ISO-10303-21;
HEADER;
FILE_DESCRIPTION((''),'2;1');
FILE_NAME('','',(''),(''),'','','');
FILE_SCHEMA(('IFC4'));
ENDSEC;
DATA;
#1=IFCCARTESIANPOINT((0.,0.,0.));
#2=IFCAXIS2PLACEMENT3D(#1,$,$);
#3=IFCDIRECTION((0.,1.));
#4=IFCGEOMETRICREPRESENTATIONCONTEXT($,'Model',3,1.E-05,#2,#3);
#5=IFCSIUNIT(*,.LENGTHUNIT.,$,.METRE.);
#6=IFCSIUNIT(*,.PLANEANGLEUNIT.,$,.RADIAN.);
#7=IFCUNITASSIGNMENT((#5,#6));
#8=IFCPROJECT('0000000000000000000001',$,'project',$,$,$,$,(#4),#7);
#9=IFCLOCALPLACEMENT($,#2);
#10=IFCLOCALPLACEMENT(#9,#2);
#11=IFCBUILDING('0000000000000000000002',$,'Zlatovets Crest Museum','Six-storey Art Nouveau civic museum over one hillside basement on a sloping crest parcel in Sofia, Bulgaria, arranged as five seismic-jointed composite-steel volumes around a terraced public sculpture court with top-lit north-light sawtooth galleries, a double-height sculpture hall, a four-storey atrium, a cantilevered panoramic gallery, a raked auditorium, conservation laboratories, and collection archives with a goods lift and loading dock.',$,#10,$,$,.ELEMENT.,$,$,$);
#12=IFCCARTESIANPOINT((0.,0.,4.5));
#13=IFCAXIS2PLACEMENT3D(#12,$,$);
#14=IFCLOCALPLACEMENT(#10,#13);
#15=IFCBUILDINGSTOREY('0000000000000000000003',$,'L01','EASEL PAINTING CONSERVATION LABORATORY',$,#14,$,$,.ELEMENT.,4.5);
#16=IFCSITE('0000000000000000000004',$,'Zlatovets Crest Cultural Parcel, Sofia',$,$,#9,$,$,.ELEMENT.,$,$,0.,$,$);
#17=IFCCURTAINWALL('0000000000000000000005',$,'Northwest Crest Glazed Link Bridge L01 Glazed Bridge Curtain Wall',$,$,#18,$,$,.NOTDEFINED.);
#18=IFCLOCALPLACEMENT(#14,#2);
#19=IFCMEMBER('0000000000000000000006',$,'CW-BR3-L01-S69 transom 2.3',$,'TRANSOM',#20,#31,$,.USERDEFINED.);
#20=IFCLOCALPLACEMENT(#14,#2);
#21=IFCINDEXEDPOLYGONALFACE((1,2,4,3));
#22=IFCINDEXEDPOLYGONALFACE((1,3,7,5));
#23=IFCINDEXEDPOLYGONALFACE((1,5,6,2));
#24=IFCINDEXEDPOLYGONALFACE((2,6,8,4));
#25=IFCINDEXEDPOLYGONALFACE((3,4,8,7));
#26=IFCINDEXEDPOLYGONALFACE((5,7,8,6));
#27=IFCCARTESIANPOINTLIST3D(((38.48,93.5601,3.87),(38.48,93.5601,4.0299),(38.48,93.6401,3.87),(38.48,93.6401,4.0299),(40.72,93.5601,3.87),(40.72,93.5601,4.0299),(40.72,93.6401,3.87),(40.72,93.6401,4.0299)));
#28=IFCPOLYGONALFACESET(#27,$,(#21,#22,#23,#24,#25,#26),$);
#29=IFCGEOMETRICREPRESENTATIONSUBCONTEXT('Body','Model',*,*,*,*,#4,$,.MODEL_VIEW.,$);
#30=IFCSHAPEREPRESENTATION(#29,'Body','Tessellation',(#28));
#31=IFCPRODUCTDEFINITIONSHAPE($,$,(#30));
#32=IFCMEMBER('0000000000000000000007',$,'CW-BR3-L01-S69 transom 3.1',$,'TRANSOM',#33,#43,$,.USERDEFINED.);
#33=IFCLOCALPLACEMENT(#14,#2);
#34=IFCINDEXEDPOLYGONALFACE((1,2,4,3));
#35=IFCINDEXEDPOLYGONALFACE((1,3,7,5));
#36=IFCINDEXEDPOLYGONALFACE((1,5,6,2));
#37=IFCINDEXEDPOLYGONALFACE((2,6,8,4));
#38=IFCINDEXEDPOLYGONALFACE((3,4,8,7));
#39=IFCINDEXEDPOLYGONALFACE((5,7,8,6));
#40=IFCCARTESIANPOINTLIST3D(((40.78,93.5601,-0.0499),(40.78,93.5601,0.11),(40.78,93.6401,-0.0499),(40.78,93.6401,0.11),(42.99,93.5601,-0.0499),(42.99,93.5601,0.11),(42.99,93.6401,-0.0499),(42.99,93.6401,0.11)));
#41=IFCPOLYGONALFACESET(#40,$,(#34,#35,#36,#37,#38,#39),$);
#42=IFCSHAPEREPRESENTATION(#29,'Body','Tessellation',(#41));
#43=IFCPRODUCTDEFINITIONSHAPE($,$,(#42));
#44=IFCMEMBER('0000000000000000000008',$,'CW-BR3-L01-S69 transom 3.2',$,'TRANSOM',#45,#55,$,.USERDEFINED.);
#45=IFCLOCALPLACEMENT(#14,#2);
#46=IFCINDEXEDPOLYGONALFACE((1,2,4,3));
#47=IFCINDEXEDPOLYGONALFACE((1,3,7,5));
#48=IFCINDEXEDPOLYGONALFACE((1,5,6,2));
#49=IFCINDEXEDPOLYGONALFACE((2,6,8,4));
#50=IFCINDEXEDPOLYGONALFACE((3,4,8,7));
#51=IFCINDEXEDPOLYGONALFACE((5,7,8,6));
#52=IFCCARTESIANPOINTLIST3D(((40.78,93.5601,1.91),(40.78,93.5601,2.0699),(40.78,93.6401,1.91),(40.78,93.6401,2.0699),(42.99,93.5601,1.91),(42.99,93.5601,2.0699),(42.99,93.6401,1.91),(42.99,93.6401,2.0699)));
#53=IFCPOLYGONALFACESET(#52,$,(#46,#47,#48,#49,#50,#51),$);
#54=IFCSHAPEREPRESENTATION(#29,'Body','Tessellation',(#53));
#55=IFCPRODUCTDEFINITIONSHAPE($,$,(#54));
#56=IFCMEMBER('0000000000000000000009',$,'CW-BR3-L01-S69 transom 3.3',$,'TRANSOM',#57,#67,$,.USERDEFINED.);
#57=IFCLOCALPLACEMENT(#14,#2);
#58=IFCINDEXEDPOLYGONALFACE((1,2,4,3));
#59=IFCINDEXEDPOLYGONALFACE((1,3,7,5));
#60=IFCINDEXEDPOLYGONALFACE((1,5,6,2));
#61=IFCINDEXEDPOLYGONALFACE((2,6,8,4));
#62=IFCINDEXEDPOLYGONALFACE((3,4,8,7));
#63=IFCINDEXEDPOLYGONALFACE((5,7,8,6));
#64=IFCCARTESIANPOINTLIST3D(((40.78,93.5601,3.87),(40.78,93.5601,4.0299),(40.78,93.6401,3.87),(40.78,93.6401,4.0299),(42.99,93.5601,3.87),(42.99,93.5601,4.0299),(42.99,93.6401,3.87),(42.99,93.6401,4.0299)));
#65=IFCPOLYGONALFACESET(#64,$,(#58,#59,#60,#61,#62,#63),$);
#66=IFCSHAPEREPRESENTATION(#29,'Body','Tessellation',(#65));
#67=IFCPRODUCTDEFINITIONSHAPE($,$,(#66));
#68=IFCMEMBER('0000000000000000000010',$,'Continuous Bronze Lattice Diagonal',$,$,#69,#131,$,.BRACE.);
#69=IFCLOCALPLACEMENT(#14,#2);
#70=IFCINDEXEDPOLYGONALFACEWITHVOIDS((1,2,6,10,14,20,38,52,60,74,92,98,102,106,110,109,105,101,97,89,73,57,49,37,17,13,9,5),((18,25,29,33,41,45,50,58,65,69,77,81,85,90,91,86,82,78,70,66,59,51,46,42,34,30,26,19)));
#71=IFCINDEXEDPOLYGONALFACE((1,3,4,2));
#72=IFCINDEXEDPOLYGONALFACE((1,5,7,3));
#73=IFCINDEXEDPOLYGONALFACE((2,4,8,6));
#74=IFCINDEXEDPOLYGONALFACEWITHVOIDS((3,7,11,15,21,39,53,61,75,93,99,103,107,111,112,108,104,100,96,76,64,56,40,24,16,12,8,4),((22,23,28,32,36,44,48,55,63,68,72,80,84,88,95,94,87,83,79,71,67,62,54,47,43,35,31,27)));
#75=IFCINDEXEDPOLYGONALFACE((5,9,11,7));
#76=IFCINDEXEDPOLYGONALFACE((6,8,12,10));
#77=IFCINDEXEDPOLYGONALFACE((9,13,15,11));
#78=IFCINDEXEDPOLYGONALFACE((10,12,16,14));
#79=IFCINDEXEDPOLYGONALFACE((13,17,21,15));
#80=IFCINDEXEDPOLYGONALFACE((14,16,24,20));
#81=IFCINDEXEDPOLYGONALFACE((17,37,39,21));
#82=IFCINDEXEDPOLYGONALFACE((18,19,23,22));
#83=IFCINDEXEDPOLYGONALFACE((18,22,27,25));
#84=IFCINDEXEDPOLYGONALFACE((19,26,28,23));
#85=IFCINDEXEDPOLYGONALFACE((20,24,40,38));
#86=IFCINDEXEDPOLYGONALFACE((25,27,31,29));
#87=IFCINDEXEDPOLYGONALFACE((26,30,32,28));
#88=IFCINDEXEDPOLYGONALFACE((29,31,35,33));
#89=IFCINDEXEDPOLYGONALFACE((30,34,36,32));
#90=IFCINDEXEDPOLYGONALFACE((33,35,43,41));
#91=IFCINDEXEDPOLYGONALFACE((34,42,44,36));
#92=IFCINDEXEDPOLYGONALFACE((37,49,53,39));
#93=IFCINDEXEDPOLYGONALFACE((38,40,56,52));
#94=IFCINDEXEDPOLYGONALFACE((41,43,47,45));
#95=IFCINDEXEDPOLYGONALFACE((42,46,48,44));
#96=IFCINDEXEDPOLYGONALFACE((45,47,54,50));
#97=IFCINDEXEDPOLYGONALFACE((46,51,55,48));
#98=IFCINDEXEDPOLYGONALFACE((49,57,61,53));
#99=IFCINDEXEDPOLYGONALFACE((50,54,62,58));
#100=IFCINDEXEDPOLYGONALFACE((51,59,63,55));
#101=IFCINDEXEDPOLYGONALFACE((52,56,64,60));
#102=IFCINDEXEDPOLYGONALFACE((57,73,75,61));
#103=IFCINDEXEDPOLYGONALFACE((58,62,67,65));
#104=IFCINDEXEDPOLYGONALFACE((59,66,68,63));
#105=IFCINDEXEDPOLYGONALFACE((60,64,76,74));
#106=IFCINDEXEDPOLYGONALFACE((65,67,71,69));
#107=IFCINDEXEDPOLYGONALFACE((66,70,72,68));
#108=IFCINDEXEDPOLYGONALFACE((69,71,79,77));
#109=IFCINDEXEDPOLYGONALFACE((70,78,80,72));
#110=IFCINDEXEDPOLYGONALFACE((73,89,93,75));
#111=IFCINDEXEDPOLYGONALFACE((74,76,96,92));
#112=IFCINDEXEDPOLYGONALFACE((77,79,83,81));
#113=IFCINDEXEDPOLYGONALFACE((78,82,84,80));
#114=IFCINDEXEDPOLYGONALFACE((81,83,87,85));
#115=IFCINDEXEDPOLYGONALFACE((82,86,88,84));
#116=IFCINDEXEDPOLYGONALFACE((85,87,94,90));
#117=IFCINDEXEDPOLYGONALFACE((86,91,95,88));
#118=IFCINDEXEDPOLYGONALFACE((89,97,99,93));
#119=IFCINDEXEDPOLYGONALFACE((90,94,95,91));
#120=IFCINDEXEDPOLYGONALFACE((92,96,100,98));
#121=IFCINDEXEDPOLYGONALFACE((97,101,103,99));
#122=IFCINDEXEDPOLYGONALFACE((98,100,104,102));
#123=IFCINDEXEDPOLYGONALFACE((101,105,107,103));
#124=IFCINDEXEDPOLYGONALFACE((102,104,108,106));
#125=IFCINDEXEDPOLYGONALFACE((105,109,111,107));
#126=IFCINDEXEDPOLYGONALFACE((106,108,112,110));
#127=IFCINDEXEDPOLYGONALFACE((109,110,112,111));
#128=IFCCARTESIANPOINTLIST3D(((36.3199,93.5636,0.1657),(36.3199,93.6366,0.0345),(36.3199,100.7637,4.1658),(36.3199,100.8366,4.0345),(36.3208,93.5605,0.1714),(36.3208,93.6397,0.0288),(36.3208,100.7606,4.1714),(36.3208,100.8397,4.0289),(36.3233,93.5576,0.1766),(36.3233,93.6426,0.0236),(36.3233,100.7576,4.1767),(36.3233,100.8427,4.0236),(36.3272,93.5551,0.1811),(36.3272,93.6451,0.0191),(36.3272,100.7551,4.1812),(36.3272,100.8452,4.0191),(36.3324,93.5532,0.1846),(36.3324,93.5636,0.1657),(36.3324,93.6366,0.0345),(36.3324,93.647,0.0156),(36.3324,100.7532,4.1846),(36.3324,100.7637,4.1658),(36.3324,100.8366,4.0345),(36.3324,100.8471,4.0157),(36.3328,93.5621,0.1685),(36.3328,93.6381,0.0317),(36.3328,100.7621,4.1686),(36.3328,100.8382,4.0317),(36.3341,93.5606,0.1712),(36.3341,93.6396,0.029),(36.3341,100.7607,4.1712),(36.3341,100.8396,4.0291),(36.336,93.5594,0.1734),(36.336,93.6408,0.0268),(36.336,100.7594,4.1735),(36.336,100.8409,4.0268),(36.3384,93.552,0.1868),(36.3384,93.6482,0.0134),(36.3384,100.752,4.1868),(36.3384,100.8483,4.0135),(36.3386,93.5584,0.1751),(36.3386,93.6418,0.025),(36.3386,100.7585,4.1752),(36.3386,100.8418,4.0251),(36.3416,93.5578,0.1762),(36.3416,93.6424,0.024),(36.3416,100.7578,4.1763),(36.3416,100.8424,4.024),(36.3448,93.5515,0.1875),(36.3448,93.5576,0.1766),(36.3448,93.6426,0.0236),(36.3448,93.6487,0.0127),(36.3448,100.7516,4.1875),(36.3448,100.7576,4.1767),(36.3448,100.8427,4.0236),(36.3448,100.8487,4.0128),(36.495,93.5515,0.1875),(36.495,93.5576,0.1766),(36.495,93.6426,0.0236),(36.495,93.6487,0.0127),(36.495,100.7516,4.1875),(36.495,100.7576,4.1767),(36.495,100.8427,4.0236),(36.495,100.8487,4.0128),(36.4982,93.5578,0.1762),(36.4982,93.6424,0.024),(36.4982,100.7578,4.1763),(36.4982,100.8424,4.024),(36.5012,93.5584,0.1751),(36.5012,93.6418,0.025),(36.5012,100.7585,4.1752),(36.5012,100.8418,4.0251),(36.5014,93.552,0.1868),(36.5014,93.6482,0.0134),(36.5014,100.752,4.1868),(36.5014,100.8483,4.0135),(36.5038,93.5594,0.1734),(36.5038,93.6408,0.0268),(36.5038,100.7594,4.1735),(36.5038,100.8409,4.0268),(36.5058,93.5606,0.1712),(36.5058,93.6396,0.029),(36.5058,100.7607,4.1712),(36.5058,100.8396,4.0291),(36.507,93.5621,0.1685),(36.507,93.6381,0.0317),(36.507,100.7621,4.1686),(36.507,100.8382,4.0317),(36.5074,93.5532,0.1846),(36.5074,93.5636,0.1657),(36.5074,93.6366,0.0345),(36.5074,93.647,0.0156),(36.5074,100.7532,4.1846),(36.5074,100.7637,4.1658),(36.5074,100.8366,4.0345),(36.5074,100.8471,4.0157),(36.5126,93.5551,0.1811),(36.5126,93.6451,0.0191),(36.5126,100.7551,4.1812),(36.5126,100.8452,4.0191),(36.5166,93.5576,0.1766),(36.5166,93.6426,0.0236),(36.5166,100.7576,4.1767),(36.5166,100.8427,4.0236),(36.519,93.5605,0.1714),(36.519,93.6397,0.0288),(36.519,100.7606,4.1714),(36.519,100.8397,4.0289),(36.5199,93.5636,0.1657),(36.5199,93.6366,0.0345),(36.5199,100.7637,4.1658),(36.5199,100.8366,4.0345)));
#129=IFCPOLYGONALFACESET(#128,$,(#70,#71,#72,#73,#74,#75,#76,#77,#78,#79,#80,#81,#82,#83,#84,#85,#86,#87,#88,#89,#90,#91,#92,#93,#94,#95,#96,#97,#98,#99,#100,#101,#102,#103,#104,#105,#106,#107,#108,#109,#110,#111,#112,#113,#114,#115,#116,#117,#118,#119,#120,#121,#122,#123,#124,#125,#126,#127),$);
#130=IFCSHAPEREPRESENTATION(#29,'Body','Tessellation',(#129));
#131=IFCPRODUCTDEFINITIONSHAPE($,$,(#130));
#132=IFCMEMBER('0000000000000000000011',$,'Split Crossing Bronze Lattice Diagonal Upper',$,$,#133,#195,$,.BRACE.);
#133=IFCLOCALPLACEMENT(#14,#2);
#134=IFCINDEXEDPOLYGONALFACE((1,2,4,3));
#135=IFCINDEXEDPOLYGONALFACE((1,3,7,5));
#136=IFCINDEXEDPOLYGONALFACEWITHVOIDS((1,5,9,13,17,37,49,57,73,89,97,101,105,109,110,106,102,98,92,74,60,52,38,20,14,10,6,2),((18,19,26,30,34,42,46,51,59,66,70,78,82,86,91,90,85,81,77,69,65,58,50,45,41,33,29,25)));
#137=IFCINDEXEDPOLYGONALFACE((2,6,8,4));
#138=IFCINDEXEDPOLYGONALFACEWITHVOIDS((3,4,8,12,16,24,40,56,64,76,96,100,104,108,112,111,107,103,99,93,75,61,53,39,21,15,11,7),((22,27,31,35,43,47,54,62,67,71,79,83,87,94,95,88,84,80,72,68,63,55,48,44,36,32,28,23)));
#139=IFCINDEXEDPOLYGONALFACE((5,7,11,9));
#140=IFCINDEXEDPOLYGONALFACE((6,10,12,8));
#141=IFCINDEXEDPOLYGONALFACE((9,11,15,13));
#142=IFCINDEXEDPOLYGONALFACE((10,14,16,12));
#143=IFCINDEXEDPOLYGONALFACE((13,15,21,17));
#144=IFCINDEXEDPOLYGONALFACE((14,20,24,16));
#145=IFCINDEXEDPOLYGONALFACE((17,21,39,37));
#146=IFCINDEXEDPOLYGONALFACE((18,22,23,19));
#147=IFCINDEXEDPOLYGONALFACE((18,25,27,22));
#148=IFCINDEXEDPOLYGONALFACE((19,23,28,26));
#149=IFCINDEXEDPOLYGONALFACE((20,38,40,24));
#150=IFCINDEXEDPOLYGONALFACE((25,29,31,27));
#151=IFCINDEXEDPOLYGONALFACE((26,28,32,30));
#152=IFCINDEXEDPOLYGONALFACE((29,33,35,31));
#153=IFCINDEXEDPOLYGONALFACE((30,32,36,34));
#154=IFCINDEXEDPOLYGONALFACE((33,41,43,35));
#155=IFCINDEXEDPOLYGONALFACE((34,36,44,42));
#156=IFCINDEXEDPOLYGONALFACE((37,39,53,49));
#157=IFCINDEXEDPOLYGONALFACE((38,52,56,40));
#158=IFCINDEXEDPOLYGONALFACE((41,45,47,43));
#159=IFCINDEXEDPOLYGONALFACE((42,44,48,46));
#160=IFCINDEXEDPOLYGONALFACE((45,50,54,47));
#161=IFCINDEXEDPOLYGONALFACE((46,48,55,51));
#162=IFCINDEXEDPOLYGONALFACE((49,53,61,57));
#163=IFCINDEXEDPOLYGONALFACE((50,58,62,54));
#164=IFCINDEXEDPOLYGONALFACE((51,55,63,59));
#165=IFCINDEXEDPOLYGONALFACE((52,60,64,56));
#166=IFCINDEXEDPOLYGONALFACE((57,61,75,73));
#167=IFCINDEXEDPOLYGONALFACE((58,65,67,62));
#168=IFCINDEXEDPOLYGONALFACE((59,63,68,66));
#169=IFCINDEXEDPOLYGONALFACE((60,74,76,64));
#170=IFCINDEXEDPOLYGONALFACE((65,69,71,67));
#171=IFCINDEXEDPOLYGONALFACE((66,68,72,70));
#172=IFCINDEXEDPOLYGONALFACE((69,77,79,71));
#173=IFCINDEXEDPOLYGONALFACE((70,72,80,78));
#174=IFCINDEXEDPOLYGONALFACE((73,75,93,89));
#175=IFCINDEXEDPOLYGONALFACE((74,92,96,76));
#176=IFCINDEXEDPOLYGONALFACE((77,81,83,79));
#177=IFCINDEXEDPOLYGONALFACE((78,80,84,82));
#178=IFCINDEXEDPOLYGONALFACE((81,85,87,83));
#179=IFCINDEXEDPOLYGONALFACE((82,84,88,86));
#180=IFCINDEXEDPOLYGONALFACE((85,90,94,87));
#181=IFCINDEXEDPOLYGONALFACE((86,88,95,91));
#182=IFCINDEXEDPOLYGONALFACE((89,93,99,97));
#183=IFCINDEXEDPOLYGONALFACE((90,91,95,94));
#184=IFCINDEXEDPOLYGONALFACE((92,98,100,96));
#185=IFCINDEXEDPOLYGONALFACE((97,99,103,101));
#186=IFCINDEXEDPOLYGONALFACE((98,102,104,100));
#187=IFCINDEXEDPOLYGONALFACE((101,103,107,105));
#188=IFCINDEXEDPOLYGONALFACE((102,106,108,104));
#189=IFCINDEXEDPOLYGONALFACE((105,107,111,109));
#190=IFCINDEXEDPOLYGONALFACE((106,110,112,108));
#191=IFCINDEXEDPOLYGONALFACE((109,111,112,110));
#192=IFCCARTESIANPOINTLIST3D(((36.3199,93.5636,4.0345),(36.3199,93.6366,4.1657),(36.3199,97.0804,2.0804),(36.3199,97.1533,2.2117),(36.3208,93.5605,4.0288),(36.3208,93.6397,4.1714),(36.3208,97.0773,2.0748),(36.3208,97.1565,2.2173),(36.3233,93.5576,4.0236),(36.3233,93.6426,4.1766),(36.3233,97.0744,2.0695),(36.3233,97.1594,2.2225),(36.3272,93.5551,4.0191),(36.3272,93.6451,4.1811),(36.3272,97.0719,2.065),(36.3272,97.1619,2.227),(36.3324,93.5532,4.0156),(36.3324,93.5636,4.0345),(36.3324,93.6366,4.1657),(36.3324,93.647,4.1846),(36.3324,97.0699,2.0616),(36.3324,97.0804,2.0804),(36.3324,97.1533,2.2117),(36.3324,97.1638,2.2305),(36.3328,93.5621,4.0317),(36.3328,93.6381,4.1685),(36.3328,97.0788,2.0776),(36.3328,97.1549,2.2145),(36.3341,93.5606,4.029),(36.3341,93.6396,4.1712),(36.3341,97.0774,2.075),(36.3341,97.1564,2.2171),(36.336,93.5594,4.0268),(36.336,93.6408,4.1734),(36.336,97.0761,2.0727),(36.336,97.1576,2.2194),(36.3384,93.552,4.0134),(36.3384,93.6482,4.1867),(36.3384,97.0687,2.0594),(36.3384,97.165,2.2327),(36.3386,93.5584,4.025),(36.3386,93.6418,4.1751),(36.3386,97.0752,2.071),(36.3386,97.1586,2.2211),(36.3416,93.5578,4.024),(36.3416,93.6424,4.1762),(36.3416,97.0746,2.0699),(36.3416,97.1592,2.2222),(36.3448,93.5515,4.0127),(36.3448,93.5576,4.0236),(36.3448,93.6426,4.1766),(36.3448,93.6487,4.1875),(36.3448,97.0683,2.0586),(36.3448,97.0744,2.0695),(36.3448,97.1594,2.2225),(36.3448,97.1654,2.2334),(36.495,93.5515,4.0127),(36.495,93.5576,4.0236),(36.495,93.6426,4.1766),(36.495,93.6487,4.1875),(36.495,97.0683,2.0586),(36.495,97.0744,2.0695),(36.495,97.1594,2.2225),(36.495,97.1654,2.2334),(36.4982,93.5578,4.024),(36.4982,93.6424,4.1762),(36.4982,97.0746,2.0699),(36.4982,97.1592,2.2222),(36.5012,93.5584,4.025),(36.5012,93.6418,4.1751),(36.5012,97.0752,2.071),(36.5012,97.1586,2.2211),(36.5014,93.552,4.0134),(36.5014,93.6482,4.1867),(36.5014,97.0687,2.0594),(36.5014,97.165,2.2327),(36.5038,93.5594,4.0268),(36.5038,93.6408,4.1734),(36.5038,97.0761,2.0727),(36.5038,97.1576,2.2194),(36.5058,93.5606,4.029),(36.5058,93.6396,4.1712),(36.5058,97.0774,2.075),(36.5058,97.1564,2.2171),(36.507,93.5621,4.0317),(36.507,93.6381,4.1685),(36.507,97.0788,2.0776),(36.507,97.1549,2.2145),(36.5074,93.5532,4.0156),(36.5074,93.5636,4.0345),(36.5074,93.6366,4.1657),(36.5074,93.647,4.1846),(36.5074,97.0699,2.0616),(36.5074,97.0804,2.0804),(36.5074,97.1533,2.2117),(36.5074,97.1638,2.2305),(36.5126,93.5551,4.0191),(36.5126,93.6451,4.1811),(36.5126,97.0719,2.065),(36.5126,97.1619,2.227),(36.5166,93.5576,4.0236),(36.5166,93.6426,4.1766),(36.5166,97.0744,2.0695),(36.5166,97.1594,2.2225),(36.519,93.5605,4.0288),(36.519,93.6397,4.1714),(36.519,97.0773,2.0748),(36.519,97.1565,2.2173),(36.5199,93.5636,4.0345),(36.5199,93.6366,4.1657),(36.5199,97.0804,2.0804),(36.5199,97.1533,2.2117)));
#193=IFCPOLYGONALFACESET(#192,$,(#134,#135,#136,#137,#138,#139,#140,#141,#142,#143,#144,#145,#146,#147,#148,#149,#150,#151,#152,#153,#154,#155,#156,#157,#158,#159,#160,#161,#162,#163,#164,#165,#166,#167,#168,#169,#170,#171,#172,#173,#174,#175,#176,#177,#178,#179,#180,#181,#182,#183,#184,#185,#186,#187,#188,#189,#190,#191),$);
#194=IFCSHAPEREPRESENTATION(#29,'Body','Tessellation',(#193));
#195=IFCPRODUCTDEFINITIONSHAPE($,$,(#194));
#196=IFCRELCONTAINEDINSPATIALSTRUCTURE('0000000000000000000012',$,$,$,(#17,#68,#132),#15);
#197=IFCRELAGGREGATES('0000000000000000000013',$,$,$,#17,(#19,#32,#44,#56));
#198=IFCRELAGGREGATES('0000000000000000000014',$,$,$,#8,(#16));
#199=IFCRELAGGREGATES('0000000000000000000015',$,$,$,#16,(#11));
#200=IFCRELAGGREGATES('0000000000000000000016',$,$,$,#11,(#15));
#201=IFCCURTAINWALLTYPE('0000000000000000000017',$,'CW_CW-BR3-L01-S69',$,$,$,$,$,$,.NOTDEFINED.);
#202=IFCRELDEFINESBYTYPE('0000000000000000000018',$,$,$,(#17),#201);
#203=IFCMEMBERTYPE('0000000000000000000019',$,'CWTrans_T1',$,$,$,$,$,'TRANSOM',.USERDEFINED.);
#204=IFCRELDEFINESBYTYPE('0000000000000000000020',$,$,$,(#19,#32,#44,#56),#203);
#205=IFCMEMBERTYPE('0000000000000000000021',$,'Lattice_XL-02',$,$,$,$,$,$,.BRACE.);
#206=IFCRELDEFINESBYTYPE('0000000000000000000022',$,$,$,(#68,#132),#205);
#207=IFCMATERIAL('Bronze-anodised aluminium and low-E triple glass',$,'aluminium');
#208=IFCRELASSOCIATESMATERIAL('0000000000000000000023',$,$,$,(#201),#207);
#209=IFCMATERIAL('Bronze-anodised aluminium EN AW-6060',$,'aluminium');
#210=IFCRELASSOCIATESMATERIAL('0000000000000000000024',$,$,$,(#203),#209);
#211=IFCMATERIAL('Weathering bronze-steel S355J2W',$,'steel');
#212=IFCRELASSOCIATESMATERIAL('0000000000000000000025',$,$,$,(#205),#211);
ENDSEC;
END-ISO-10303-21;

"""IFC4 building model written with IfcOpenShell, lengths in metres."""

from ifc_helpers import new_model, si_unit, direction, frame, origin, origin_2d, place, context, subcontext, project, spatial, rectangle, hollow_rectangle, extrude, material, material_profile, profile_set, type_object, element, aggregate, save


model = new_model("IFC4")

# Units and contexts
model_context = context("Model", 3, precision=1e-05, world=origin(), true_north=direction((0.0, 1.0)))
body_context = subcontext(model_context, "Body", "Model", "MODEL_VIEW")
ifc_project = project(units=[si_unit("LENGTHUNIT", "METRE"), si_unit("PLANEANGLEUNIT", "RADIAN")], contexts=[model_context])

# Site, building, storey
site_placement = place(None, origin())
site = spatial("IfcSite", under=ifc_project, at=site_placement, Name="Zlatovets Crest Cultural Parcel, Sofia", CompositionType="ELEMENT", RefElevation=0.0)
building_placement = place(site_placement, origin())
building = spatial("IfcBuilding", under=site, at=building_placement, Name="Zlatovets Crest Museum", Description="Six-storey Art Nouveau civic museum over one hillside basement on a sloping crest parcel in Sofia, Bulgaria, arranged as five seismic-jointed composite-steel volumes around a terraced public sculpture court with top-lit north-light sawtooth galleries, a double-height sculpture hall, a four-storey atrium, a cantilevered panoramic gallery, a raked auditorium, conservation laboratories, and collection archives with a goods lift and loading dock.", CompositionType="ELEMENT")
storey_placement = place(building_placement, frame((0.0, 0.0, 4.5)))
storey = spatial("IfcBuildingStorey", under=building, at=storey_placement, Name="L01", Description="EASEL PAINTING CONSERVATION LABORATORY", CompositionType="ELEMENT", Elevation=4.5)

# Shared definitions
ifc_material_1 = material(Name="Bronze-anodised aluminium and low-E triple glass", Category="aluminium")
ifc_material_2 = material(Name="Bronze-anodised aluminium EN AW-6060", Category="aluminium")

# Curtain wall
curtain_wall_type_1 = type_object("IfcCurtainWallType", Name="CW_CW-BR3-L01-S69", PredefinedType="NOTDEFINED", material=ifc_material_1)
curtain_wall_1_placement = place(storey_placement, origin())
curtain_wall_1 = element("IfcCurtainWall", 1, at=curtain_wall_1_placement, inside=storey, type_object=curtain_wall_type_1, Name="Northwest Crest Glazed Link Bridge L01 Glazed Bridge Curtain Wall", PredefinedType="NOTDEFINED")

# Members
ifc_material_profile_1 = material_profile(ifc_material_2, rectangle(XDim=0.0801, YDim=0.1599, at=origin_2d()), Name="ALU 80x160")
ifc_profile_set_1 = profile_set([ifc_material_profile_1], Name="Bronze-anodised aluminium EN AW-6060")
member_type_1 = type_object("IfcMemberType", Name="CWTrans_T1", ElementType="TRANSOM", PredefinedType="USERDEFINED", material=ifc_profile_set_1)
member_1_placement = place(storey_placement, frame((38.48, 93.6001, 3.95), z_axis=(1.0, 0.0, 0.0), x_axis=(0.0, 1.0, 0.0)))
member_1 = element("IfcMember", 2, at=member_1_placement, type_object=member_type_1, Name="CW-BR3-L01-S69 transom 2.3", ObjectType="TRANSOM", PredefinedType="USERDEFINED", context=body_context, shape_type="SweptSolid", body=[
    extrude(rectangle(XDim=0.0801, YDim=0.1599, at=origin_2d()), origin(), (0.0, 0.0, 1.0), 2.24),
])
member_2_placement = place(storey_placement, frame((40.78, 93.6001, 0.03), z_axis=(1.0, 0.0, 0.0), x_axis=(0.0, 1.0, 0.0)))
member_2 = element("IfcMember", 3, at=member_2_placement, type_object=member_type_1, Name="CW-BR3-L01-S69 transom 3.1", ObjectType="TRANSOM", PredefinedType="USERDEFINED", context=body_context, shape_type="SweptSolid", body=[
    extrude(rectangle(XDim=0.0801, YDim=0.1599, at=origin_2d()), origin(), (0.0, 0.0, 1.0), 2.21),
])
member_3_placement = place(storey_placement, frame((40.78, 93.6001, 1.99), z_axis=(1.0, 0.0, 0.0), x_axis=(0.0, 1.0, 0.0)))
member_3 = element("IfcMember", 4, at=member_3_placement, type_object=member_type_1, Name="CW-BR3-L01-S69 transom 3.2", ObjectType="TRANSOM", PredefinedType="USERDEFINED", context=body_context, shape_type="SweptSolid", body=[
    extrude(rectangle(XDim=0.0801, YDim=0.1599, at=origin_2d()), origin(), (0.0, 0.0, 1.0), 2.21),
])
member_4_placement = place(storey_placement, frame((40.78, 93.6001, 3.95), z_axis=(1.0, 0.0, 0.0), x_axis=(0.0, 1.0, 0.0)))
member_4 = element("IfcMember", 5, at=member_4_placement, type_object=member_type_1, Name="CW-BR3-L01-S69 transom 3.3", ObjectType="TRANSOM", PredefinedType="USERDEFINED", context=body_context, shape_type="SweptSolid", body=[
    extrude(rectangle(XDim=0.0801, YDim=0.1599, at=origin_2d()), origin(), (0.0, 0.0, 1.0), 2.21),
])

# Members
ifc_material_3 = material(Name="Weathering bronze-steel S355J2W", Category="steel")
ifc_material_profile_2 = material_profile(ifc_material_3, hollow_rectangle(XDim=0.2, YDim=0.2, WallThickness=0.0125, InnerFilletRadius=0.0125, OuterFilletRadius=0.0249, at=origin_2d()), Name="SHS 200x200x12.5")
ifc_profile_set_2 = profile_set([ifc_material_profile_2], Name="Weathering bronze-steel S355J2W")
member_type_2 = type_object("IfcMemberType", Name="Lattice_XL-02", PredefinedType="BRACE", material=ifc_profile_set_2)
member_5_placement = place(storey_placement, frame((36.4199, 93.6001, 0.1001), z_axis=(0.0, 0.874156, 0.485645), x_axis=(-1.0, 0.0, 0.0)))
element("IfcMember", 6, at=member_5_placement, inside=storey, type_object=member_type_2, Name="Continuous Bronze Lattice Diagonal", PredefinedType="BRACE", context=body_context, shape_type="SweptSolid", body=[
    extrude(hollow_rectangle(XDim=0.2, YDim=0.2, WallThickness=0.0125, InnerFilletRadius=0.0125, OuterFilletRadius=0.0249, at=origin_2d()), origin(), (0.0, 0.0, 1.0), 8.2366),
])
member_6_placement = place(storey_placement, frame((36.4199, 93.6001, 4.1001), z_axis=(0.0, 0.874126, -0.4857), x_axis=(-1.0, 0.0, 0.0)))
element("IfcMember", 7, at=member_6_placement, inside=storey, type_object=member_type_2, Name="Split Crossing Bronze Lattice Diagonal Upper", PredefinedType="BRACE", context=body_context, shape_type="SweptSolid", body=[
    extrude(hollow_rectangle(XDim=0.2, YDim=0.2, WallThickness=0.0125, InnerFilletRadius=0.0125, OuterFilletRadius=0.0249, at=origin_2d()), origin(), (0.0, 0.0, 1.0), 4.0232),
])

aggregate(curtain_wall_1, [member_1, member_2, member_3, member_4])

save(model, "model.ifc")
